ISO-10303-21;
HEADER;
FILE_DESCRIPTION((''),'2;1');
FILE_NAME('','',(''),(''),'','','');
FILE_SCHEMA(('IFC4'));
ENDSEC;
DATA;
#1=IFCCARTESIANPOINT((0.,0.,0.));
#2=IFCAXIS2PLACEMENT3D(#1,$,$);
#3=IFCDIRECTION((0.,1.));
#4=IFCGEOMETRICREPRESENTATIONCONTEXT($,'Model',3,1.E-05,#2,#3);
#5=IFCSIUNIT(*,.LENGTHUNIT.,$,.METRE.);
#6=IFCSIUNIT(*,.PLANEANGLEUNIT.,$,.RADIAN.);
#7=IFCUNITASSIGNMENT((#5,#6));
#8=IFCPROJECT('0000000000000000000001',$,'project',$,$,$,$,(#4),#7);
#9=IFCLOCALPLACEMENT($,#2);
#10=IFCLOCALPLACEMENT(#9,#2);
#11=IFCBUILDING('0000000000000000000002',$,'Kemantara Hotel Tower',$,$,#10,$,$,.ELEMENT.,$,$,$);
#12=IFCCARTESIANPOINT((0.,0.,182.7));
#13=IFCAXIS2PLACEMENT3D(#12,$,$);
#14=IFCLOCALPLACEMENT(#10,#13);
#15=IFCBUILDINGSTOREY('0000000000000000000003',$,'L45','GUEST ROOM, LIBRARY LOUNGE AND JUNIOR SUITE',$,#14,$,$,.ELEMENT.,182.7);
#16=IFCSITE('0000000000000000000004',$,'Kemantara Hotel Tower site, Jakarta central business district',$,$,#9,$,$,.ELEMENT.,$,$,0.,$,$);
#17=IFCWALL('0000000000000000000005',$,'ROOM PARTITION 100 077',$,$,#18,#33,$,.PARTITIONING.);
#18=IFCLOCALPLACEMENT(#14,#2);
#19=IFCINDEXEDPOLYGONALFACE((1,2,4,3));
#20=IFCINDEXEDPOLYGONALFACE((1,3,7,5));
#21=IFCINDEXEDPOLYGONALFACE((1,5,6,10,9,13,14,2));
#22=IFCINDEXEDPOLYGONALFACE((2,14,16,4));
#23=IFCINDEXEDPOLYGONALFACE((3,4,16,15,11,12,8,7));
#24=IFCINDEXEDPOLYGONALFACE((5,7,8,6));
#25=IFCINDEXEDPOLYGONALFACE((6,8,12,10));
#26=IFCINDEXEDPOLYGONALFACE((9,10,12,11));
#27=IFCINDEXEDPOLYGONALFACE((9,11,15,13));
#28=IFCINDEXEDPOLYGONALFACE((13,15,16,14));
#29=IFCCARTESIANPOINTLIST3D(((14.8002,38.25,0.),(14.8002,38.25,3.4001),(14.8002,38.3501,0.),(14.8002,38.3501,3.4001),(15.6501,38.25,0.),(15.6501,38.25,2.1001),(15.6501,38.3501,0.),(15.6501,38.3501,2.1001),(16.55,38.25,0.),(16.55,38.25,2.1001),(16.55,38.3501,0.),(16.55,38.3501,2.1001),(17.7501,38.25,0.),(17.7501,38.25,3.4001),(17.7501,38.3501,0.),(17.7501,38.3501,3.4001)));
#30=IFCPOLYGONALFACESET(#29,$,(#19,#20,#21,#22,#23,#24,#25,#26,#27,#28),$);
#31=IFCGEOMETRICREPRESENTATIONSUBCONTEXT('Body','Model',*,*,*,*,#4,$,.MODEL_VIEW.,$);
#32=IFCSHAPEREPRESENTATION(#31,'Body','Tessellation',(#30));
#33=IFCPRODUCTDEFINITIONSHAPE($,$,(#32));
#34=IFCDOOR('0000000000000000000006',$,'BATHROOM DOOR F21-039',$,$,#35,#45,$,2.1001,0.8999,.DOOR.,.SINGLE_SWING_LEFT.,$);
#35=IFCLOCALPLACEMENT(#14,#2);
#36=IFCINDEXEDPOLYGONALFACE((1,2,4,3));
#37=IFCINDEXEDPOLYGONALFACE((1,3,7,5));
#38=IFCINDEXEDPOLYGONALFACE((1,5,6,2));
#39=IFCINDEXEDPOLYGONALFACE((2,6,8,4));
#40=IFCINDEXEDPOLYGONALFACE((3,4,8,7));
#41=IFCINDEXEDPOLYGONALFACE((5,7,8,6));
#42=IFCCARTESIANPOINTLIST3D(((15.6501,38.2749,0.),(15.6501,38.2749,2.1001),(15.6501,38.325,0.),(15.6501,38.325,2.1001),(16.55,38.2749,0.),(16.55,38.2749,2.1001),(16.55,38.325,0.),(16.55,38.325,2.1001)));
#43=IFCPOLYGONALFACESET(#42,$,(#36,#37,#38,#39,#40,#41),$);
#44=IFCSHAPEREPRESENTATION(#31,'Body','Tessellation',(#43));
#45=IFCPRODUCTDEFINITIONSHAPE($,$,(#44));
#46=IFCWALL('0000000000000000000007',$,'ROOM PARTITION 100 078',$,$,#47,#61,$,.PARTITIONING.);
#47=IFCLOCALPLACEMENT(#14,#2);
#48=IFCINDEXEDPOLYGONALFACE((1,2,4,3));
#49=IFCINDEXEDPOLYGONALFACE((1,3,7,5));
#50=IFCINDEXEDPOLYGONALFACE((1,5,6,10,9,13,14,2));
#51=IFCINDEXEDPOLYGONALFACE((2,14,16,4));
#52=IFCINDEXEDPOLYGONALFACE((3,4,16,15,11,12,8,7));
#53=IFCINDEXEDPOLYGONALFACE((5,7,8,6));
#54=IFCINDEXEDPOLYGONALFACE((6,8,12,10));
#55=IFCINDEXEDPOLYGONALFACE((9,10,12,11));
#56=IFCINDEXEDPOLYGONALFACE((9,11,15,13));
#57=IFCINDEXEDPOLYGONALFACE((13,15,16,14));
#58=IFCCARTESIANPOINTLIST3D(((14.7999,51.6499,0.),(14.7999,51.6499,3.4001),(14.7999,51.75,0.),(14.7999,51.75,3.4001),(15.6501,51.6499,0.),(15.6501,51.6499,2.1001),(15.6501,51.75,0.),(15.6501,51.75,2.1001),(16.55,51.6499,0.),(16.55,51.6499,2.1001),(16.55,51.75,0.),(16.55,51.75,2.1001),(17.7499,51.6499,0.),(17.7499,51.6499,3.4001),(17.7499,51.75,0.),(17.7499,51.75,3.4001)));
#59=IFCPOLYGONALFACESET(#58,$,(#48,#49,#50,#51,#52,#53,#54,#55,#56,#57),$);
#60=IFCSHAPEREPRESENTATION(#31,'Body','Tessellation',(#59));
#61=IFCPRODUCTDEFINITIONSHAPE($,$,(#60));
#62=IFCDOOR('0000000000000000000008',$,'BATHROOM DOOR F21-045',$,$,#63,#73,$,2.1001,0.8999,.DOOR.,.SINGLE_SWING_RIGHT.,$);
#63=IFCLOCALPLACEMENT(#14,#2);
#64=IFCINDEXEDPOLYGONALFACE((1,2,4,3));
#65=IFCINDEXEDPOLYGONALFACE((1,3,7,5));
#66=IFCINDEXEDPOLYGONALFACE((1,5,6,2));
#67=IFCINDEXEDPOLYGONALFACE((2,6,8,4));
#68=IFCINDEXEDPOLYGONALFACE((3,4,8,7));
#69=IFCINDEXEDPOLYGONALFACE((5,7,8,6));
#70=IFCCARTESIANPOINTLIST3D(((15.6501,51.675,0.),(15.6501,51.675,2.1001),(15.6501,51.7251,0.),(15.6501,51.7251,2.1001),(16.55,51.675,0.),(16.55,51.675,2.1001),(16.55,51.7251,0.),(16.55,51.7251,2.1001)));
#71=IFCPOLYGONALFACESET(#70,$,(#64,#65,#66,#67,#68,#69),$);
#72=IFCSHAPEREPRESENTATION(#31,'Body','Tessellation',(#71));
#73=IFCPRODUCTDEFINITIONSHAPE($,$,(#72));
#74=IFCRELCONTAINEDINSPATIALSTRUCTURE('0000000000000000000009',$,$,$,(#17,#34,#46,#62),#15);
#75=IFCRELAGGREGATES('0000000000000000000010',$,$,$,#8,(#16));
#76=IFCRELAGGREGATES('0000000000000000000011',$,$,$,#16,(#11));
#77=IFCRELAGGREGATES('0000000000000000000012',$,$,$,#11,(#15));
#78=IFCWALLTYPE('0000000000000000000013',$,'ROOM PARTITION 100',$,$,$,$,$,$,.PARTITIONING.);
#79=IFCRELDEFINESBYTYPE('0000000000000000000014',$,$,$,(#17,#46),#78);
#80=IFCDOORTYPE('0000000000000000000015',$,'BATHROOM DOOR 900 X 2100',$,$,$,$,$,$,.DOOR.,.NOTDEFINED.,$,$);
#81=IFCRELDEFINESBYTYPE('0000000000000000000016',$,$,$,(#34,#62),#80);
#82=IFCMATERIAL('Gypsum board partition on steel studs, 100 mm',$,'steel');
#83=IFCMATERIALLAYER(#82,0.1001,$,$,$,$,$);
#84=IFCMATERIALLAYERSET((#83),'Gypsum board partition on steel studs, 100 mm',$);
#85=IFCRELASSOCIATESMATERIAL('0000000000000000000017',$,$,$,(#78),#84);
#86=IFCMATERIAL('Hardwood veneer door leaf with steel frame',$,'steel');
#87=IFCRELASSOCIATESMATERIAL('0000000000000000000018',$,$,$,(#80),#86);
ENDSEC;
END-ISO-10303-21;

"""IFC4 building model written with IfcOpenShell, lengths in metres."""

from ifc_helpers import new_model, si_unit, direction, frame, frame_2d, origin, place, context, subcontext, project, spatial, rectangle, extrude, material, layer, layer_set, type_object, element, fill, save


model = new_model("IFC4")

# Units and contexts
model_context = context("Model", 3, precision=1e-05, world=origin(), true_north=direction((0.0, 1.0)))
body_context = subcontext(model_context, "Body", "Model", "MODEL_VIEW")
ifc_project = project(units=[si_unit("LENGTHUNIT", "METRE"), si_unit("PLANEANGLEUNIT", "RADIAN")], contexts=[model_context])

# Site, building, storey
site_placement = place(None, origin())
site = spatial("IfcSite", under=ifc_project, at=site_placement, Name="Kemantara Hotel Tower site, Jakarta central business district", CompositionType="ELEMENT", RefElevation=0.0)
building_placement = place(site_placement, origin())
building = spatial("IfcBuilding", under=site, at=building_placement, Name="Kemantara Hotel Tower", CompositionType="ELEMENT")
storey_placement = place(building_placement, frame((0.0, 0.0, 182.7)))
storey = spatial("IfcBuildingStorey", under=building, at=storey_placement, Name="L45", Description="GUEST ROOM, LIBRARY LOUNGE AND JUNIOR SUITE", CompositionType="ELEMENT", Elevation=182.7)

# Shared definitions
ifc_material_1 = material(Name="Hardwood veneer door leaf with steel frame", Category="steel")

# Shared definitions
ifc_material_2 = material(Name="Gypsum board partition on steel studs, 100 mm", Category="steel")
ifc_layer_1 = layer(ifc_material_2, 0.1001)
ifc_layer_set_1 = layer_set([ifc_layer_1], Name="Gypsum board partition on steel studs, 100 mm")
wall_type_1 = type_object("IfcWallType", Name="ROOM PARTITION 100", PredefinedType="PARTITIONING", material=ifc_layer_set_1)
door_type_1 = type_object("IfcDoorType", Name="BATHROOM DOOR 900 X 2100", OperationType="NOTDEFINED", PredefinedType="DOOR", material=ifc_material_1)

# Walls, openings, doors
wall_1_placement = place(storey_placement, frame((14.8, 38.3, 0.0), z_axis=(0.0, 0.0, 1.0), x_axis=(1.0, 0.0, 0.0)))
wall_1 = element("IfcWall", 1, at=wall_1_placement, inside=storey, type_object=wall_type_1, Name="ROOM PARTITION 100 077", PredefinedType="PARTITIONING", context=body_context, shape_type="SweptSolid", body=[
    extrude(rectangle(XDim=2.95, YDim=0.1001, at=frame_2d((1.4751, 0.0))), origin(), (0.0, 0.0, 1.0), 3.4001),
])
opening_1_placement = place(wall_1_placement, frame((0.8501, 0.0, 0.0)))
opening_1 = element("IfcOpeningElement", 2, at=opening_1_placement, cuts=wall_1, PredefinedType="OPENING", context=body_context, shape_type="SweptSolid", body=[
    extrude(rectangle(XDim=0.8999, YDim=2.1001, at=frame_2d((0.45, 1.05))), frame((0.0, 0.0601, 0.0), z_axis=(0.0, -1.0, 0.0), x_axis=(1.0, 0.0, 0.0)), (0.0, 0.0, 1.0), 0.1201),
])
door_1_placement = place(opening_1_placement, origin())
door_1 = element("IfcDoor", 3, at=door_1_placement, inside=storey, type_object=door_type_1, Name="BATHROOM DOOR F21-039", OperationType="SINGLE_SWING_LEFT", OverallHeight=2.1001, OverallWidth=0.8999, PredefinedType="DOOR", context=body_context, shape_type="SweptSolid", body=[
    extrude(rectangle(XDim=0.8999, YDim=2.1001, at=frame_2d((0.45, 1.05))), frame((0.0, 0.0249, 0.0), z_axis=(0.0, -1.0, 0.0), x_axis=(1.0, 0.0, 0.0)), (0.0, 0.0, 1.0), 0.05),
])
fill(opening_1, door_1)
wall_2_placement = place(storey_placement, frame((17.75, 51.7, 0.0), z_axis=(0.0, 0.0, 1.0), x_axis=(-1.0, 0.0, 0.0)))
wall_2 = element("IfcWall", 4, at=wall_2_placement, inside=storey, type_object=wall_type_1, Name="ROOM PARTITION 100 078", PredefinedType="PARTITIONING", context=body_context, shape_type="SweptSolid", body=[
    extrude(rectangle(XDim=2.95, YDim=0.1001, at=frame_2d((1.4751, 0.0))), origin(), (0.0, 0.0, 1.0), 3.4001),
])
opening_2_placement = place(wall_2_placement, frame((1.2, 0.0, 0.0)))
opening_2 = element("IfcOpeningElement", 5, at=opening_2_placement, cuts=wall_2, PredefinedType="OPENING", context=body_context, shape_type="SweptSolid", body=[
    extrude(rectangle(XDim=0.8999, YDim=2.1001, at=frame_2d((0.45, 1.05))), frame((0.0, 0.0601, 0.0), z_axis=(0.0, -1.0, 0.0), x_axis=(1.0, 0.0, 0.0)), (0.0, 0.0, 1.0), 0.1201),
])
door_2_placement = place(opening_2_placement, origin())
door_2 = element("IfcDoor", 6, at=door_2_placement, inside=storey, type_object=door_type_1, Name="BATHROOM DOOR F21-045", OperationType="SINGLE_SWING_RIGHT", OverallHeight=2.1001, OverallWidth=0.8999, PredefinedType="DOOR", context=body_context, shape_type="SweptSolid", body=[
    extrude(rectangle(XDim=0.8999, YDim=2.1001, at=frame_2d((0.45, 1.05))), frame((0.0, 0.0249, 0.0), z_axis=(0.0, -1.0, 0.0), x_axis=(1.0, 0.0, 0.0)), (0.0, 0.0, 1.0), 0.05),
])
fill(opening_2, door_2)

save(model, "model.ifc")
